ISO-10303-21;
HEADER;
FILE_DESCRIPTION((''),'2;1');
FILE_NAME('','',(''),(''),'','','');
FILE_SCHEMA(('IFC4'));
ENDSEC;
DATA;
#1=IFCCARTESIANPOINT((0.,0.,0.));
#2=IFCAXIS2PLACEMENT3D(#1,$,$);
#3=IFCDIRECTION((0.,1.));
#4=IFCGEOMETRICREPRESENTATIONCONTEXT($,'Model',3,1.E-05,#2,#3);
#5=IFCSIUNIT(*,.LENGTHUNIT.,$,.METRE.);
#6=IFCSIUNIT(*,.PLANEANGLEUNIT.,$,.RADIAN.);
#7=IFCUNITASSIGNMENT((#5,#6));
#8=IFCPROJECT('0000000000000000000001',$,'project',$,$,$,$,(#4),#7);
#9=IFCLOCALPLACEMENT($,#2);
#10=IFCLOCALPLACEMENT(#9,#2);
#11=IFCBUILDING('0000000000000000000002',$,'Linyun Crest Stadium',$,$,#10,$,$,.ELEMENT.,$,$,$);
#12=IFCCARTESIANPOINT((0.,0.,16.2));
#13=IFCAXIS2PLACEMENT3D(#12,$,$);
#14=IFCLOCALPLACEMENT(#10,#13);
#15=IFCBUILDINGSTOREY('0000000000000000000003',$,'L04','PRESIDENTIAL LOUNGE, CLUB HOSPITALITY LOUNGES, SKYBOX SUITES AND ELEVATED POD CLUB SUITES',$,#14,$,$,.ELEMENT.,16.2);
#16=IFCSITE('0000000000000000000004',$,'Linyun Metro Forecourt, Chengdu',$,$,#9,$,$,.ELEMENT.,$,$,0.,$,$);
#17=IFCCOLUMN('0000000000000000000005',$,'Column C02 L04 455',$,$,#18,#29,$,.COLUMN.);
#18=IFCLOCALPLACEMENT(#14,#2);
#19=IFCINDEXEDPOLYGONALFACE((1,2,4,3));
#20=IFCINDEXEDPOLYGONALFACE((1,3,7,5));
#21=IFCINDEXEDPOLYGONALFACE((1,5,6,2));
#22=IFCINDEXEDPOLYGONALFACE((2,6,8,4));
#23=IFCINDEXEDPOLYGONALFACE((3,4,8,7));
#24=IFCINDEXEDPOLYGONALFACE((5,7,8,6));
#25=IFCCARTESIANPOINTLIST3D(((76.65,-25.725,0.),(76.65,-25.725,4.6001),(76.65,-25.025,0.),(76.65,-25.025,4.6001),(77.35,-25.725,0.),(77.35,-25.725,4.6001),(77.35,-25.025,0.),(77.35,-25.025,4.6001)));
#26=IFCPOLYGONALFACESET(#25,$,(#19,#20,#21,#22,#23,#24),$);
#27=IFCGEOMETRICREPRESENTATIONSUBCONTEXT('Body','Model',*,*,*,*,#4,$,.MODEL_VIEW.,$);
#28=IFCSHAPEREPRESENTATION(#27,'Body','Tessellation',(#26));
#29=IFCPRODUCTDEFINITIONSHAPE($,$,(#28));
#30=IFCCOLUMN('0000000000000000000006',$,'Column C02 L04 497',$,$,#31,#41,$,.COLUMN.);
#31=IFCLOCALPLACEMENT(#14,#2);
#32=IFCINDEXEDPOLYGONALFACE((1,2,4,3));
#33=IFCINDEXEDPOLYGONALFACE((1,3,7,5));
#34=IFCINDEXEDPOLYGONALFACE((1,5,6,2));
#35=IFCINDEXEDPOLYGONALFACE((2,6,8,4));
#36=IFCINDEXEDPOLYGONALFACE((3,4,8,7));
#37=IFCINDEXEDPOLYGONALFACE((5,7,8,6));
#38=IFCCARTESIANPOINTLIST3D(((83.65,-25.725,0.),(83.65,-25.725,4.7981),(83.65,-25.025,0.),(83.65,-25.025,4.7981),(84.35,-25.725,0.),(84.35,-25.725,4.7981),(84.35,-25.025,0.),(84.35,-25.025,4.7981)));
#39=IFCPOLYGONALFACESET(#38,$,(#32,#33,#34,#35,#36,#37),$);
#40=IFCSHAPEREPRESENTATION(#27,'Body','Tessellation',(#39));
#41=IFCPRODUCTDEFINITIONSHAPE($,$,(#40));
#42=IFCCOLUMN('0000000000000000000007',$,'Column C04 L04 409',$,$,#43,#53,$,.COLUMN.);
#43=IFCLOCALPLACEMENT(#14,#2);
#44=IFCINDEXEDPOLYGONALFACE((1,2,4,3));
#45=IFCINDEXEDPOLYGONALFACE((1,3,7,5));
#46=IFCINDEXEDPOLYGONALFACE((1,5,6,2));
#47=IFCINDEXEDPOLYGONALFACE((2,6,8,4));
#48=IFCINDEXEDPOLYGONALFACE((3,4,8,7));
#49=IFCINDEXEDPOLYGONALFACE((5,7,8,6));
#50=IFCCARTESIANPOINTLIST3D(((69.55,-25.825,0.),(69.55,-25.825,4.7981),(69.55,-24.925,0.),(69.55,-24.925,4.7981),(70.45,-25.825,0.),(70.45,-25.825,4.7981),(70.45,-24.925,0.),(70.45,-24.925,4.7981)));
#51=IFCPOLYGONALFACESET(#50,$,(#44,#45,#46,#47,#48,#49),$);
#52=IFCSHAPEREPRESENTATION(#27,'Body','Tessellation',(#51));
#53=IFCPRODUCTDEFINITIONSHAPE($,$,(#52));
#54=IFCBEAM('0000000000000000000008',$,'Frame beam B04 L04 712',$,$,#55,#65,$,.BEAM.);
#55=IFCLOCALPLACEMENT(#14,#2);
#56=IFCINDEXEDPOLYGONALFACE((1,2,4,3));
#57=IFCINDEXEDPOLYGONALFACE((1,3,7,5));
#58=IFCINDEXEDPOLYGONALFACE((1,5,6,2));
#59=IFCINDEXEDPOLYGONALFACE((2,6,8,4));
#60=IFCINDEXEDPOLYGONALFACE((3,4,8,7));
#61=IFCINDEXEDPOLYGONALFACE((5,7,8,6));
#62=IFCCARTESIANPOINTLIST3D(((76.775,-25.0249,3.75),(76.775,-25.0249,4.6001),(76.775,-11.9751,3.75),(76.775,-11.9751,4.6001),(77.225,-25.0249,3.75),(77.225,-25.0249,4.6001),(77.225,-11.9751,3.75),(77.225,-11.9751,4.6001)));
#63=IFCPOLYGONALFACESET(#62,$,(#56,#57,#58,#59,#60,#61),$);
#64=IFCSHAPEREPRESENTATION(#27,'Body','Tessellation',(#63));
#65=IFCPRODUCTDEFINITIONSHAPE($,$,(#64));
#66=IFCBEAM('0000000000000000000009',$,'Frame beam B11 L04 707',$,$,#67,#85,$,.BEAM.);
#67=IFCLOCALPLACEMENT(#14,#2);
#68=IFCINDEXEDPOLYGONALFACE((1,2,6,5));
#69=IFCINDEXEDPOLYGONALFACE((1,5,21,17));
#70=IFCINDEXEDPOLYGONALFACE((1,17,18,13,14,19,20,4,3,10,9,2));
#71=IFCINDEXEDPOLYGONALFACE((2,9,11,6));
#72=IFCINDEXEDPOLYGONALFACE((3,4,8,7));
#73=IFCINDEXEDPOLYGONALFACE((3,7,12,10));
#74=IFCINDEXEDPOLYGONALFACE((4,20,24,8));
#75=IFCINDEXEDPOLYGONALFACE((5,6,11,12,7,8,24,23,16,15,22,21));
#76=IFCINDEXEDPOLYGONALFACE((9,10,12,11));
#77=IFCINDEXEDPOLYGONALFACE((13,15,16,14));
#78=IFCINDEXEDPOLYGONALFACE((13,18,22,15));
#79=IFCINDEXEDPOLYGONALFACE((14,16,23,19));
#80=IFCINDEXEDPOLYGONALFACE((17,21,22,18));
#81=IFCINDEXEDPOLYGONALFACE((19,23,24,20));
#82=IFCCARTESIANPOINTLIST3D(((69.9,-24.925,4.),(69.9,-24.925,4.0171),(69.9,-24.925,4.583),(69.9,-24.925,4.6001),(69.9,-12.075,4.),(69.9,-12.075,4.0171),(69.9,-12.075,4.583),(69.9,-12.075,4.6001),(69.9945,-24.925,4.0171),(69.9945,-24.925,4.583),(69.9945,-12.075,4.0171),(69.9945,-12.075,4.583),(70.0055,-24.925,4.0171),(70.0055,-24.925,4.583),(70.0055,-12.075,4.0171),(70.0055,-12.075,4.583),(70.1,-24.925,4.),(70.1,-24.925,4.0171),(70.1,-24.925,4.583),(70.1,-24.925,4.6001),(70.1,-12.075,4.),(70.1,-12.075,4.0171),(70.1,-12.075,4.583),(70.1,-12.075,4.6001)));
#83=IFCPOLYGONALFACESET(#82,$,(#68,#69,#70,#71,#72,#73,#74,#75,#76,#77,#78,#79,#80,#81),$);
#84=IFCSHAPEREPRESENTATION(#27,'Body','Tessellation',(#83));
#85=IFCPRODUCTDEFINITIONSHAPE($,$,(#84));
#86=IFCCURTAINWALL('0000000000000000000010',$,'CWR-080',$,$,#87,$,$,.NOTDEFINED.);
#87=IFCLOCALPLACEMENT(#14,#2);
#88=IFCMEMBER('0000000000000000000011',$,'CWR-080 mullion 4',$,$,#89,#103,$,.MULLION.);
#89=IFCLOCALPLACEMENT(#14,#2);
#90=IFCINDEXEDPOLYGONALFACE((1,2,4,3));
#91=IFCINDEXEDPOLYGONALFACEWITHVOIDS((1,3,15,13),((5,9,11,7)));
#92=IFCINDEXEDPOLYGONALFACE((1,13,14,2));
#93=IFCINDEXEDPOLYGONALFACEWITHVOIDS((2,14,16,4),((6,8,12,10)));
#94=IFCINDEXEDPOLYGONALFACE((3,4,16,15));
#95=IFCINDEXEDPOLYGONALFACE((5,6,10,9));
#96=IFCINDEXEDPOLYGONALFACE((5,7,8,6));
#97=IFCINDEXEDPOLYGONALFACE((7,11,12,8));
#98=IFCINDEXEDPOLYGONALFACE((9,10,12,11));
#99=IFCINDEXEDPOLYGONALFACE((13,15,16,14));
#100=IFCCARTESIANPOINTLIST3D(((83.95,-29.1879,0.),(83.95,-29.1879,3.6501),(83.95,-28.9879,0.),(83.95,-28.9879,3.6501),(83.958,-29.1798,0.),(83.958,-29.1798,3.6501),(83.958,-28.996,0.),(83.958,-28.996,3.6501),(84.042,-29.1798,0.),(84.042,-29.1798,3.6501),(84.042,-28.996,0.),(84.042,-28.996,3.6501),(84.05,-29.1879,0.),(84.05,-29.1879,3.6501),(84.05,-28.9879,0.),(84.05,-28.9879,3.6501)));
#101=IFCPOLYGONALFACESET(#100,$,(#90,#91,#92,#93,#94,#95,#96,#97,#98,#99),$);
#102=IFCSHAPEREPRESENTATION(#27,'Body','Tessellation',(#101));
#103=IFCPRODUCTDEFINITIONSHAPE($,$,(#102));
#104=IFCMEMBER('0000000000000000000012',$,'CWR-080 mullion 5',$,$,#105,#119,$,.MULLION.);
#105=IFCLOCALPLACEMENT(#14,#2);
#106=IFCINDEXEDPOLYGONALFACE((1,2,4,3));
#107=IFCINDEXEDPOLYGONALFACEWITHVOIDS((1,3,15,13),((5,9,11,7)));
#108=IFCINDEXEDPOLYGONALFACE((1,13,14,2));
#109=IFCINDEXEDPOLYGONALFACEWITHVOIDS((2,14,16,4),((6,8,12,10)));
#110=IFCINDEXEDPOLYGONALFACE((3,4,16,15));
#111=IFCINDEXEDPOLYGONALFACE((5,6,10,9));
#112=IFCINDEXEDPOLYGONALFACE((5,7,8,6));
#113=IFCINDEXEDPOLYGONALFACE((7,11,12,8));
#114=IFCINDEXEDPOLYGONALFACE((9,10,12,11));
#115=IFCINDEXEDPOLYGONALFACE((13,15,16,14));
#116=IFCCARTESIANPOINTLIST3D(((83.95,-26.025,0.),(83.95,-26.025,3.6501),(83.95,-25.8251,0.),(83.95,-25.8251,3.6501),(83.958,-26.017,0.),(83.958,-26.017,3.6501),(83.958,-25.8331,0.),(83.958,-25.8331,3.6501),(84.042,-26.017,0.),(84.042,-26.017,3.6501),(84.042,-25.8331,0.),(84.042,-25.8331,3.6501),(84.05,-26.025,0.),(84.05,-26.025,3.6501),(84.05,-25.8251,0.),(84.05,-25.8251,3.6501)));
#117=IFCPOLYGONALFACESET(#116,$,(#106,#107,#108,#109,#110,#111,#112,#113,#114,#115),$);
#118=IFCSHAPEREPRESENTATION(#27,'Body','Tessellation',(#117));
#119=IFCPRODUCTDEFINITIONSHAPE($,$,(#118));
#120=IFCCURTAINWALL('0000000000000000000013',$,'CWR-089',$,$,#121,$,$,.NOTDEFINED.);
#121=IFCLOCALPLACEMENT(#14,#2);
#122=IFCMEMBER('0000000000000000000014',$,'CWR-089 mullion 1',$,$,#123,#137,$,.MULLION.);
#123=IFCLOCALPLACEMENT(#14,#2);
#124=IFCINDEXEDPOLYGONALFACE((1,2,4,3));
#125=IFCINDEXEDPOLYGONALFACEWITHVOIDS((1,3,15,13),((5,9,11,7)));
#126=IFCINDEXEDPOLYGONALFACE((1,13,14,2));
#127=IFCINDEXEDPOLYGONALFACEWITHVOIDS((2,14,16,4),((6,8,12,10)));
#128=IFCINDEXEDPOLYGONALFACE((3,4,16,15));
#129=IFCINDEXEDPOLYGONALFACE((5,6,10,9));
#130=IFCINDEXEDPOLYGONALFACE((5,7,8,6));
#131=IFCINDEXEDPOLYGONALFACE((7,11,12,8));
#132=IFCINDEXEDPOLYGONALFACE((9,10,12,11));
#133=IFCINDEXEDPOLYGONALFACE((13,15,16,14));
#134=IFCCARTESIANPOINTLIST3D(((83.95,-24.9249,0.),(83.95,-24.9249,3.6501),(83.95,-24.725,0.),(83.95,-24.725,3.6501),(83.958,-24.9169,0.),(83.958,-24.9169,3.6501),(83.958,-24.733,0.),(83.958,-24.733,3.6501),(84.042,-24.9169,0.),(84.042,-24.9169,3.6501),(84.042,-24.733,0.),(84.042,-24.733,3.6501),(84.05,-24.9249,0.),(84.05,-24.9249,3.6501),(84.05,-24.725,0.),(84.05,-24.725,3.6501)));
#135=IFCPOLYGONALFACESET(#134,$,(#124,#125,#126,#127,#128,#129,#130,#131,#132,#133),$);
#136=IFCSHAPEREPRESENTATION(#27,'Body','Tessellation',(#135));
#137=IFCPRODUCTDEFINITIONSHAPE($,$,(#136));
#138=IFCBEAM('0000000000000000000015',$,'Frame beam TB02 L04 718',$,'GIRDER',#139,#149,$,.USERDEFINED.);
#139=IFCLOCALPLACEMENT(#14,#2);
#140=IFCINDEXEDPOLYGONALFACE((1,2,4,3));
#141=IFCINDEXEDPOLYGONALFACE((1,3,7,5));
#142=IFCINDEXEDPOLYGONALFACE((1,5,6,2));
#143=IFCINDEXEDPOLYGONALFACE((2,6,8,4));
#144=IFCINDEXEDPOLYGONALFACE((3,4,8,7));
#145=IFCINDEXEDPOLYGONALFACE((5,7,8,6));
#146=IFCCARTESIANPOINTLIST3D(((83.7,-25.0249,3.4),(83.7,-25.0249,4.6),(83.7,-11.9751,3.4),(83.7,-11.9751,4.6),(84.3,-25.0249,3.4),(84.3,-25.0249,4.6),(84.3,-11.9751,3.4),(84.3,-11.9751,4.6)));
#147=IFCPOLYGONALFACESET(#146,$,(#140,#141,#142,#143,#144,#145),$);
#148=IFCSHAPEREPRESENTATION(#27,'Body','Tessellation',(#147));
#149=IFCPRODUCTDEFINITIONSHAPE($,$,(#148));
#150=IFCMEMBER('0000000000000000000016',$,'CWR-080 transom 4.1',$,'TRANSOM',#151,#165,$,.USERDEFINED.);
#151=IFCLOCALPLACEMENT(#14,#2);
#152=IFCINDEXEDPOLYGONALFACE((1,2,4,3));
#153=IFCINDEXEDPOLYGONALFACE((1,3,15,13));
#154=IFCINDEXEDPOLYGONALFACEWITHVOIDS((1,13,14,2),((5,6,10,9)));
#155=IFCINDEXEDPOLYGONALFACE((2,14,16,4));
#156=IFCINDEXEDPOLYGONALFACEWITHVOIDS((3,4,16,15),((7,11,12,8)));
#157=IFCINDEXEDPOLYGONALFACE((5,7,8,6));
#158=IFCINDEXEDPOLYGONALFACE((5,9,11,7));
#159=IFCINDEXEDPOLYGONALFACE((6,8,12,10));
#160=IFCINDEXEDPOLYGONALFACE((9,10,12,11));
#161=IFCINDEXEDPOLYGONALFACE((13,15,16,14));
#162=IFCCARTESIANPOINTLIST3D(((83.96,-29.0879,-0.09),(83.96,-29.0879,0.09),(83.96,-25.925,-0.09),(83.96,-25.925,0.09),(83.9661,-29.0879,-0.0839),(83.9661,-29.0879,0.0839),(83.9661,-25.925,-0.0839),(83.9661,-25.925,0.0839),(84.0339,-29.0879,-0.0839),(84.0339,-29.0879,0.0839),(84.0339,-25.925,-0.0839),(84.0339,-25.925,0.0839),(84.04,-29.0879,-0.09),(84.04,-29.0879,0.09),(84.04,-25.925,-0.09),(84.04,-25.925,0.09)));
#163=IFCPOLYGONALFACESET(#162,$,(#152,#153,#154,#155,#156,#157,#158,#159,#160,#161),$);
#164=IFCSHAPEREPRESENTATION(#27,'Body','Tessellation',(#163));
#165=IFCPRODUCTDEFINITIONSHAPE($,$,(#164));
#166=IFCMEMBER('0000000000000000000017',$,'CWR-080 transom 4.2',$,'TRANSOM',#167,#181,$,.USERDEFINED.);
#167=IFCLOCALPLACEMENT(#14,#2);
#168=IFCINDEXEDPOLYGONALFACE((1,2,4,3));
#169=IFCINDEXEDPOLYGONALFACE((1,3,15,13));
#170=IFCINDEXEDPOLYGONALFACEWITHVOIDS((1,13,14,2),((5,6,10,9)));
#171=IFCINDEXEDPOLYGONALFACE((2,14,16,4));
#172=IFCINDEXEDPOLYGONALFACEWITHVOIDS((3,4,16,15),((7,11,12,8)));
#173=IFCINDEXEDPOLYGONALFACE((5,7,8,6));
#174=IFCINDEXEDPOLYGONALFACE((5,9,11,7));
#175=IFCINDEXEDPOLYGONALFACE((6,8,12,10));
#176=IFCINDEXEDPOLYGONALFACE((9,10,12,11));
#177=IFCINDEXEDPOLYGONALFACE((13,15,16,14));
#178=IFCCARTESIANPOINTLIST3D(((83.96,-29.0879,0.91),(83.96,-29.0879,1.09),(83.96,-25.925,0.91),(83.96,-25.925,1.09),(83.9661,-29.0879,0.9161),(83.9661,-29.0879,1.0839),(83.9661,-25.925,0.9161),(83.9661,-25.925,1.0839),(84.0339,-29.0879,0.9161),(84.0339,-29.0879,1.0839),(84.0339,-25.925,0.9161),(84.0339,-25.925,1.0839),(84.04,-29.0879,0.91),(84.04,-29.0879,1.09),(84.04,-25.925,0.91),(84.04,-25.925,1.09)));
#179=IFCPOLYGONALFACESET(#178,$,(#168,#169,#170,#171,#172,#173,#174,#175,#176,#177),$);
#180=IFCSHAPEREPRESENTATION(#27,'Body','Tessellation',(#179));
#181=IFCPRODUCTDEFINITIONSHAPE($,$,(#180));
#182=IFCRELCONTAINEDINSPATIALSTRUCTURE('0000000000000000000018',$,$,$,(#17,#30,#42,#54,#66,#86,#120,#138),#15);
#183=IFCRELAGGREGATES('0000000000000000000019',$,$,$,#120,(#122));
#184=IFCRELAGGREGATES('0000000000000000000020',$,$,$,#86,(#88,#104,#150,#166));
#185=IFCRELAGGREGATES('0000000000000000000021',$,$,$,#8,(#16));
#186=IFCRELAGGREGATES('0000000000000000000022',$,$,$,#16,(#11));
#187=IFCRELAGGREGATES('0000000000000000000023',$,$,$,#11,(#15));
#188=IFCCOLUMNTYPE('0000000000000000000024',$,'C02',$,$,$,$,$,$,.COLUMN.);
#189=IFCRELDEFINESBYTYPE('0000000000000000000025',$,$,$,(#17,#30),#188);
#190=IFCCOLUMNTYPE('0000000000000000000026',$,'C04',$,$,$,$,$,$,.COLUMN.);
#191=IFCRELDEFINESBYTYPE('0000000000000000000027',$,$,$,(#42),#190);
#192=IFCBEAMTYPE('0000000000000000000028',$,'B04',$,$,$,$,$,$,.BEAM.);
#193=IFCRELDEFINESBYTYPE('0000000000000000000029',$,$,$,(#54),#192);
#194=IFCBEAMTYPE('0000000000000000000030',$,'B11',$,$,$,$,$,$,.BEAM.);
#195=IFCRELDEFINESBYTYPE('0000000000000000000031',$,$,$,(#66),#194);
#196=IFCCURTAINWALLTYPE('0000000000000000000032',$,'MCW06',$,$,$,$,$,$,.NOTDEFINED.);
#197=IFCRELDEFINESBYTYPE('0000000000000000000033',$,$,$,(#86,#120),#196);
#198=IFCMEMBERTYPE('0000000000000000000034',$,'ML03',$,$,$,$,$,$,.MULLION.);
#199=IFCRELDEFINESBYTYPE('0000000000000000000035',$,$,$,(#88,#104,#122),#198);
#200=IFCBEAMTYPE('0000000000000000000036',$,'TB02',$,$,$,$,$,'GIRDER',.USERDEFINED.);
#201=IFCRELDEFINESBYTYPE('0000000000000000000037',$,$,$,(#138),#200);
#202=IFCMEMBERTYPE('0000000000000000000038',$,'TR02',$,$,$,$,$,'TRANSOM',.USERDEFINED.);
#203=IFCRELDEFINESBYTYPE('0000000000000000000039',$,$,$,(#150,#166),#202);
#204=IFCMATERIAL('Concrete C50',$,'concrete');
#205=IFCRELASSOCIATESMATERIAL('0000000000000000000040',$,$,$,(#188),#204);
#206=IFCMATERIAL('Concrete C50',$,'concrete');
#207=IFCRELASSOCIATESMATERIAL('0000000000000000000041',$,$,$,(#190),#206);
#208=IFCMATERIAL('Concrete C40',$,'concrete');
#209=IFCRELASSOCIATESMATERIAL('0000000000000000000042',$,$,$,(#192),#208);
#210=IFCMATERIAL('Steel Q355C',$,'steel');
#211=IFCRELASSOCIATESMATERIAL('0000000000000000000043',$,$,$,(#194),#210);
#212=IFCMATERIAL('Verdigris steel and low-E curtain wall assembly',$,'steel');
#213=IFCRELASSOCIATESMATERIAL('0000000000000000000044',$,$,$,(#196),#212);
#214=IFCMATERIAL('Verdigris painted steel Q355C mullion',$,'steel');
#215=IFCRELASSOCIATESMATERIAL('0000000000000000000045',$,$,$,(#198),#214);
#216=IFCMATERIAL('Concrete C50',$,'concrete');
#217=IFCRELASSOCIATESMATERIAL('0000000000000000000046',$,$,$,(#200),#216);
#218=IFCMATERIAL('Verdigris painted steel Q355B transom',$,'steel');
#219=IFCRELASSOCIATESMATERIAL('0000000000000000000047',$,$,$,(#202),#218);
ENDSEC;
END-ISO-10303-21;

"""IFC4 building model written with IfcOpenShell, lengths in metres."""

from ifc_helpers import new_model, si_unit, direction, frame, origin, origin_2d, place, context, subcontext, project, spatial, rectangle, hollow_rectangle, i_section, extrude, material, material_profile, profile_set, type_object, element, aggregate, save


model = new_model("IFC4")

# Units and contexts
model_context = context("Model", 3, precision=1e-05, world=origin(), true_north=direction((0.0, 1.0)))
body_context = subcontext(model_context, "Body", "Model", "MODEL_VIEW")
ifc_project = project(units=[si_unit("LENGTHUNIT", "METRE"), si_unit("PLANEANGLEUNIT", "RADIAN")], contexts=[model_context])

# Site, building, storey
site_placement = place(None, origin())
site = spatial("IfcSite", under=ifc_project, at=site_placement, Name="Linyun Metro Forecourt, Chengdu", CompositionType="ELEMENT", RefElevation=0.0)
building_placement = place(site_placement, origin())
building = spatial("IfcBuilding", under=site, at=building_placement, Name="Linyun Crest Stadium", CompositionType="ELEMENT")
storey_placement = place(building_placement, frame((0.0, 0.0, 16.2)))
storey = spatial("IfcBuildingStorey", under=building, at=storey_placement, Name="L04", Description="PRESIDENTIAL LOUNGE, CLUB HOSPITALITY LOUNGES, SKYBOX SUITES AND ELEVATED POD CLUB SUITES", CompositionType="ELEMENT", Elevation=16.2)

# Columns
ifc_material_1 = material(Name="Concrete C50", Category="concrete")
ifc_material_profile_1 = material_profile(ifc_material_1, rectangle(XDim=0.7, YDim=0.7, at=origin_2d()), Name="RC 700x700")
ifc_profile_set_1 = profile_set([ifc_material_profile_1], Name="Concrete C50")
column_type_1 = type_object("IfcColumnType", Name="C02", PredefinedType="COLUMN", material=ifc_profile_set_1)
column_1_placement = place(storey_placement, frame((77.0, -25.375, 0.0), z_axis=(0.0, 0.0, 1.0), x_axis=(1.0, 0.0, 0.0)))
element("IfcColumn", 1, at=column_1_placement, inside=storey, type_object=column_type_1, Name="Column C02 L04 455", PredefinedType="COLUMN", context=body_context, shape_type="SweptSolid", body=[
    extrude(rectangle(XDim=0.7, YDim=0.7, at=origin_2d()), origin(), (0.0, 0.0, 1.0), 4.6001),
])
column_2_placement = place(storey_placement, frame((84.0, -25.375, 0.0), z_axis=(0.0, 0.0, 1.0), x_axis=(1.0, 0.0, 0.0)))
element("IfcColumn", 2, at=column_2_placement, inside=storey, type_object=column_type_1, Name="Column C02 L04 497", PredefinedType="COLUMN", context=body_context, shape_type="SweptSolid", body=[
    extrude(rectangle(XDim=0.7, YDim=0.7, at=origin_2d()), origin(), (0.0, 0.0, 1.0), 4.7981),
])
ifc_material_2 = material(Name="Concrete C50", Category="concrete")
ifc_material_profile_2 = material_profile(ifc_material_2, rectangle(XDim=0.8999, YDim=0.8999, at=origin_2d()), Name="RC 900x900")
ifc_profile_set_2 = profile_set([ifc_material_profile_2], Name="Concrete C50")
column_type_2 = type_object("IfcColumnType", Name="C04", PredefinedType="COLUMN", material=ifc_profile_set_2)
column_3_placement = place(storey_placement, frame((70.0, -25.375, 0.0), z_axis=(0.0, 0.0, 1.0), x_axis=(1.0, 0.0, 0.0)))
element("IfcColumn", 3, at=column_3_placement, inside=storey, type_object=column_type_2, Name="Column C04 L04 409", PredefinedType="COLUMN", context=body_context, shape_type="SweptSolid", body=[
    extrude(rectangle(XDim=0.8999, YDim=0.8999, at=origin_2d()), origin(), (0.0, 0.0, 1.0), 4.7981),
])

# Beams
ifc_material_3 = material(Name="Concrete C40", Category="concrete")
ifc_material_profile_3 = material_profile(ifc_material_3, rectangle(XDim=0.45, YDim=0.8501, at=origin_2d()), Name="RCB 850x450")
ifc_profile_set_3 = profile_set([ifc_material_profile_3], Name="Concrete C40")
beam_type_1 = type_object("IfcBeamType", Name="B04", PredefinedType="BEAM", material=ifc_profile_set_3)
beam_1_placement = place(storey_placement, frame((77.0, -25.0249, 4.175), z_axis=(0.0, 1.0, 0.0), x_axis=(-1.0, 0.0, 0.0)))
element("IfcBeam", 4, at=beam_1_placement, inside=storey, type_object=beam_type_1, Name="Frame beam B04 L04 712", PredefinedType="BEAM", context=body_context, shape_type="SweptSolid", body=[
    extrude(rectangle(XDim=0.45, YDim=0.8501, at=origin_2d()), origin(), (0.0, 0.0, 1.0), 13.0498),
])
ifc_material_4 = material(Name="Steel Q355C", Category="steel")
ifc_material_profile_4 = material_profile(ifc_material_4, i_section(OverallWidth=0.2, OverallDepth=0.6001, WebThickness=0.011, FlangeThickness=0.0171, at=origin_2d()), Name="HN 600x200")
ifc_profile_set_4 = profile_set([ifc_material_profile_4], Name="Steel Q355C")
beam_type_2 = type_object("IfcBeamType", Name="B11", PredefinedType="BEAM", material=ifc_profile_set_4)
beam_2_placement = place(storey_placement, frame((70.0, -24.925, 4.3), z_axis=(0.0, 1.0, 0.0), x_axis=(-1.0, 0.0, 0.0)))
element("IfcBeam", 5, at=beam_2_placement, inside=storey, type_object=beam_type_2, Name="Frame beam B11 L04 707", PredefinedType="BEAM", context=body_context, shape_type="SweptSolid", body=[
    extrude(i_section(OverallWidth=0.2, OverallDepth=0.6001, WebThickness=0.011, FlangeThickness=0.0171, at=origin_2d()), origin(), (0.0, 0.0, 1.0), 12.8501),
])

# Curtain wall, members
ifc_material_5 = material(Name="Verdigris steel and low-E curtain wall assembly", Category="steel")
curtain_wall_type = type_object("IfcCurtainWallType", Name="MCW06", PredefinedType="NOTDEFINED", material=ifc_material_5)
curtain_wall_1_placement = place(storey_placement, origin())
curtain_wall_1 = element("IfcCurtainWall", 6, at=curtain_wall_1_placement, inside=storey, type_object=curtain_wall_type, Name="CWR-080", PredefinedType="NOTDEFINED")
ifc_material_6 = material(Name="Verdigris painted steel Q355C mullion", Category="steel")
ifc_material_profile_5 = material_profile(ifc_material_6, hollow_rectangle(XDim=0.1001, YDim=0.2, WallThickness=0.0081, at=origin_2d()), Name="RHS 200x100x8")
ifc_profile_set_5 = profile_set([ifc_material_profile_5], Name="Verdigris painted steel Q355C mullion")
member_type_1 = type_object("IfcMemberType", Name="ML03", PredefinedType="MULLION", material=ifc_profile_set_5)
member_1_placement = place(storey_placement, frame((84.0, -29.0879, 0.0), z_axis=(0.0, 0.0, 1.0), x_axis=(-1.0, 0.0, 0.0)))
member_1 = element("IfcMember", 7, at=member_1_placement, type_object=member_type_1, Name="CWR-080 mullion 4", PredefinedType="MULLION", context=body_context, shape_type="SweptSolid", body=[
    extrude(hollow_rectangle(XDim=0.1001, YDim=0.2, WallThickness=0.0081, at=origin_2d()), origin(), (0.0, 0.0, 1.0), 3.6501),
])
member_2_placement = place(storey_placement, frame((84.0, -25.925, 0.0), z_axis=(0.0, 0.0, 1.0), x_axis=(-1.0, 0.0, 0.0)))
member_2 = element("IfcMember", 8, at=member_2_placement, type_object=member_type_1, Name="CWR-080 mullion 5", PredefinedType="MULLION", context=body_context, shape_type="SweptSolid", body=[
    extrude(hollow_rectangle(XDim=0.1001, YDim=0.2, WallThickness=0.0081, at=origin_2d()), origin(), (0.0, 0.0, 1.0), 3.6501),
])

# Curtain wall, member
curtain_wall_2_placement = place(storey_placement, origin())
curtain_wall_2 = element("IfcCurtainWall", 9, at=curtain_wall_2_placement, inside=storey, type_object=curtain_wall_type, Name="CWR-089", PredefinedType="NOTDEFINED")
member_3_placement = place(storey_placement, frame((84.0, -24.825, 0.0), z_axis=(0.0, 0.0, 1.0), x_axis=(-1.0, 0.0, 0.0)))
member_3 = element("IfcMember", 10, at=member_3_placement, type_object=member_type_1, Name="CWR-089 mullion 1", PredefinedType="MULLION", context=body_context, shape_type="SweptSolid", body=[
    extrude(hollow_rectangle(XDim=0.1001, YDim=0.2, WallThickness=0.0081, at=origin_2d()), origin(), (0.0, 0.0, 1.0), 3.6501),
])
aggregate(curtain_wall_2, [member_3])

# Beam
ifc_material_7 = material(Name="Concrete C50", Category="concrete")
ifc_material_profile_6 = material_profile(ifc_material_7, rectangle(XDim=0.6001, YDim=1.2, at=origin_2d()), Name="RCB 1200x600")
ifc_profile_set_6 = profile_set([ifc_material_profile_6], Name="Concrete C50")
beam_type_3 = type_object("IfcBeamType", Name="TB02", ElementType="GIRDER", PredefinedType="USERDEFINED", material=ifc_profile_set_6)
beam_3_placement = place(storey_placement, frame((84.0, -25.0249, 4.0), z_axis=(0.0, 1.0, 0.0), x_axis=(-1.0, 0.0, 0.0)))
element("IfcBeam", 11, at=beam_3_placement, inside=storey, type_object=beam_type_3, Name="Frame beam TB02 L04 718", ObjectType="GIRDER", PredefinedType="USERDEFINED", context=body_context, shape_type="SweptSolid", body=[
    extrude(rectangle(XDim=0.6001, YDim=1.2, at=origin_2d()), origin(), (0.0, 0.0, 1.0), 13.0498),
])

# Members
ifc_material_8 = material(Name="Verdigris painted steel Q355B transom", Category="steel")
ifc_material_profile_7 = material_profile(ifc_material_8, hollow_rectangle(XDim=0.0801, YDim=0.1799, WallThickness=0.0061, at=origin_2d()), Name="RHS 180x80x6")
ifc_profile_set_7 = profile_set([ifc_material_profile_7], Name="Verdigris painted steel Q355B transom")
member_type_2 = type_object("IfcMemberType", Name="TR02", ElementType="TRANSOM", PredefinedType="USERDEFINED", material=ifc_profile_set_7)
member_4_placement = place(storey_placement, frame((84.0, -29.0879, 0.0), z_axis=(0.0, 1.0, 0.0), x_axis=(-1.0, 0.0, 0.0)))
member_4 = element("IfcMember", 12, at=member_4_placement, type_object=member_type_2, Name="CWR-080 transom 4.1", ObjectType="TRANSOM", PredefinedType="USERDEFINED", context=body_context, shape_type="SweptSolid", body=[
    extrude(hollow_rectangle(XDim=0.0801, YDim=0.1799, WallThickness=0.0061, at=origin_2d()), origin(), (0.0, 0.0, 1.0), 3.1628),
])
member_5_placement = place(storey_placement, frame((84.0, -29.0879, 1.0), z_axis=(0.0, 1.0, 0.0), x_axis=(-1.0, 0.0, 0.0)))
member_5 = element("IfcMember", 13, at=member_5_placement, type_object=member_type_2, Name="CWR-080 transom 4.2", ObjectType="TRANSOM", PredefinedType="USERDEFINED", context=body_context, shape_type="SweptSolid", body=[
    extrude(hollow_rectangle(XDim=0.0801, YDim=0.1799, WallThickness=0.0061, at=origin_2d()), origin(), (0.0, 0.0, 1.0), 3.1628),
])

aggregate(curtain_wall_1, [member_1, member_2, member_4, member_5])

save(model, "model.ifc")
